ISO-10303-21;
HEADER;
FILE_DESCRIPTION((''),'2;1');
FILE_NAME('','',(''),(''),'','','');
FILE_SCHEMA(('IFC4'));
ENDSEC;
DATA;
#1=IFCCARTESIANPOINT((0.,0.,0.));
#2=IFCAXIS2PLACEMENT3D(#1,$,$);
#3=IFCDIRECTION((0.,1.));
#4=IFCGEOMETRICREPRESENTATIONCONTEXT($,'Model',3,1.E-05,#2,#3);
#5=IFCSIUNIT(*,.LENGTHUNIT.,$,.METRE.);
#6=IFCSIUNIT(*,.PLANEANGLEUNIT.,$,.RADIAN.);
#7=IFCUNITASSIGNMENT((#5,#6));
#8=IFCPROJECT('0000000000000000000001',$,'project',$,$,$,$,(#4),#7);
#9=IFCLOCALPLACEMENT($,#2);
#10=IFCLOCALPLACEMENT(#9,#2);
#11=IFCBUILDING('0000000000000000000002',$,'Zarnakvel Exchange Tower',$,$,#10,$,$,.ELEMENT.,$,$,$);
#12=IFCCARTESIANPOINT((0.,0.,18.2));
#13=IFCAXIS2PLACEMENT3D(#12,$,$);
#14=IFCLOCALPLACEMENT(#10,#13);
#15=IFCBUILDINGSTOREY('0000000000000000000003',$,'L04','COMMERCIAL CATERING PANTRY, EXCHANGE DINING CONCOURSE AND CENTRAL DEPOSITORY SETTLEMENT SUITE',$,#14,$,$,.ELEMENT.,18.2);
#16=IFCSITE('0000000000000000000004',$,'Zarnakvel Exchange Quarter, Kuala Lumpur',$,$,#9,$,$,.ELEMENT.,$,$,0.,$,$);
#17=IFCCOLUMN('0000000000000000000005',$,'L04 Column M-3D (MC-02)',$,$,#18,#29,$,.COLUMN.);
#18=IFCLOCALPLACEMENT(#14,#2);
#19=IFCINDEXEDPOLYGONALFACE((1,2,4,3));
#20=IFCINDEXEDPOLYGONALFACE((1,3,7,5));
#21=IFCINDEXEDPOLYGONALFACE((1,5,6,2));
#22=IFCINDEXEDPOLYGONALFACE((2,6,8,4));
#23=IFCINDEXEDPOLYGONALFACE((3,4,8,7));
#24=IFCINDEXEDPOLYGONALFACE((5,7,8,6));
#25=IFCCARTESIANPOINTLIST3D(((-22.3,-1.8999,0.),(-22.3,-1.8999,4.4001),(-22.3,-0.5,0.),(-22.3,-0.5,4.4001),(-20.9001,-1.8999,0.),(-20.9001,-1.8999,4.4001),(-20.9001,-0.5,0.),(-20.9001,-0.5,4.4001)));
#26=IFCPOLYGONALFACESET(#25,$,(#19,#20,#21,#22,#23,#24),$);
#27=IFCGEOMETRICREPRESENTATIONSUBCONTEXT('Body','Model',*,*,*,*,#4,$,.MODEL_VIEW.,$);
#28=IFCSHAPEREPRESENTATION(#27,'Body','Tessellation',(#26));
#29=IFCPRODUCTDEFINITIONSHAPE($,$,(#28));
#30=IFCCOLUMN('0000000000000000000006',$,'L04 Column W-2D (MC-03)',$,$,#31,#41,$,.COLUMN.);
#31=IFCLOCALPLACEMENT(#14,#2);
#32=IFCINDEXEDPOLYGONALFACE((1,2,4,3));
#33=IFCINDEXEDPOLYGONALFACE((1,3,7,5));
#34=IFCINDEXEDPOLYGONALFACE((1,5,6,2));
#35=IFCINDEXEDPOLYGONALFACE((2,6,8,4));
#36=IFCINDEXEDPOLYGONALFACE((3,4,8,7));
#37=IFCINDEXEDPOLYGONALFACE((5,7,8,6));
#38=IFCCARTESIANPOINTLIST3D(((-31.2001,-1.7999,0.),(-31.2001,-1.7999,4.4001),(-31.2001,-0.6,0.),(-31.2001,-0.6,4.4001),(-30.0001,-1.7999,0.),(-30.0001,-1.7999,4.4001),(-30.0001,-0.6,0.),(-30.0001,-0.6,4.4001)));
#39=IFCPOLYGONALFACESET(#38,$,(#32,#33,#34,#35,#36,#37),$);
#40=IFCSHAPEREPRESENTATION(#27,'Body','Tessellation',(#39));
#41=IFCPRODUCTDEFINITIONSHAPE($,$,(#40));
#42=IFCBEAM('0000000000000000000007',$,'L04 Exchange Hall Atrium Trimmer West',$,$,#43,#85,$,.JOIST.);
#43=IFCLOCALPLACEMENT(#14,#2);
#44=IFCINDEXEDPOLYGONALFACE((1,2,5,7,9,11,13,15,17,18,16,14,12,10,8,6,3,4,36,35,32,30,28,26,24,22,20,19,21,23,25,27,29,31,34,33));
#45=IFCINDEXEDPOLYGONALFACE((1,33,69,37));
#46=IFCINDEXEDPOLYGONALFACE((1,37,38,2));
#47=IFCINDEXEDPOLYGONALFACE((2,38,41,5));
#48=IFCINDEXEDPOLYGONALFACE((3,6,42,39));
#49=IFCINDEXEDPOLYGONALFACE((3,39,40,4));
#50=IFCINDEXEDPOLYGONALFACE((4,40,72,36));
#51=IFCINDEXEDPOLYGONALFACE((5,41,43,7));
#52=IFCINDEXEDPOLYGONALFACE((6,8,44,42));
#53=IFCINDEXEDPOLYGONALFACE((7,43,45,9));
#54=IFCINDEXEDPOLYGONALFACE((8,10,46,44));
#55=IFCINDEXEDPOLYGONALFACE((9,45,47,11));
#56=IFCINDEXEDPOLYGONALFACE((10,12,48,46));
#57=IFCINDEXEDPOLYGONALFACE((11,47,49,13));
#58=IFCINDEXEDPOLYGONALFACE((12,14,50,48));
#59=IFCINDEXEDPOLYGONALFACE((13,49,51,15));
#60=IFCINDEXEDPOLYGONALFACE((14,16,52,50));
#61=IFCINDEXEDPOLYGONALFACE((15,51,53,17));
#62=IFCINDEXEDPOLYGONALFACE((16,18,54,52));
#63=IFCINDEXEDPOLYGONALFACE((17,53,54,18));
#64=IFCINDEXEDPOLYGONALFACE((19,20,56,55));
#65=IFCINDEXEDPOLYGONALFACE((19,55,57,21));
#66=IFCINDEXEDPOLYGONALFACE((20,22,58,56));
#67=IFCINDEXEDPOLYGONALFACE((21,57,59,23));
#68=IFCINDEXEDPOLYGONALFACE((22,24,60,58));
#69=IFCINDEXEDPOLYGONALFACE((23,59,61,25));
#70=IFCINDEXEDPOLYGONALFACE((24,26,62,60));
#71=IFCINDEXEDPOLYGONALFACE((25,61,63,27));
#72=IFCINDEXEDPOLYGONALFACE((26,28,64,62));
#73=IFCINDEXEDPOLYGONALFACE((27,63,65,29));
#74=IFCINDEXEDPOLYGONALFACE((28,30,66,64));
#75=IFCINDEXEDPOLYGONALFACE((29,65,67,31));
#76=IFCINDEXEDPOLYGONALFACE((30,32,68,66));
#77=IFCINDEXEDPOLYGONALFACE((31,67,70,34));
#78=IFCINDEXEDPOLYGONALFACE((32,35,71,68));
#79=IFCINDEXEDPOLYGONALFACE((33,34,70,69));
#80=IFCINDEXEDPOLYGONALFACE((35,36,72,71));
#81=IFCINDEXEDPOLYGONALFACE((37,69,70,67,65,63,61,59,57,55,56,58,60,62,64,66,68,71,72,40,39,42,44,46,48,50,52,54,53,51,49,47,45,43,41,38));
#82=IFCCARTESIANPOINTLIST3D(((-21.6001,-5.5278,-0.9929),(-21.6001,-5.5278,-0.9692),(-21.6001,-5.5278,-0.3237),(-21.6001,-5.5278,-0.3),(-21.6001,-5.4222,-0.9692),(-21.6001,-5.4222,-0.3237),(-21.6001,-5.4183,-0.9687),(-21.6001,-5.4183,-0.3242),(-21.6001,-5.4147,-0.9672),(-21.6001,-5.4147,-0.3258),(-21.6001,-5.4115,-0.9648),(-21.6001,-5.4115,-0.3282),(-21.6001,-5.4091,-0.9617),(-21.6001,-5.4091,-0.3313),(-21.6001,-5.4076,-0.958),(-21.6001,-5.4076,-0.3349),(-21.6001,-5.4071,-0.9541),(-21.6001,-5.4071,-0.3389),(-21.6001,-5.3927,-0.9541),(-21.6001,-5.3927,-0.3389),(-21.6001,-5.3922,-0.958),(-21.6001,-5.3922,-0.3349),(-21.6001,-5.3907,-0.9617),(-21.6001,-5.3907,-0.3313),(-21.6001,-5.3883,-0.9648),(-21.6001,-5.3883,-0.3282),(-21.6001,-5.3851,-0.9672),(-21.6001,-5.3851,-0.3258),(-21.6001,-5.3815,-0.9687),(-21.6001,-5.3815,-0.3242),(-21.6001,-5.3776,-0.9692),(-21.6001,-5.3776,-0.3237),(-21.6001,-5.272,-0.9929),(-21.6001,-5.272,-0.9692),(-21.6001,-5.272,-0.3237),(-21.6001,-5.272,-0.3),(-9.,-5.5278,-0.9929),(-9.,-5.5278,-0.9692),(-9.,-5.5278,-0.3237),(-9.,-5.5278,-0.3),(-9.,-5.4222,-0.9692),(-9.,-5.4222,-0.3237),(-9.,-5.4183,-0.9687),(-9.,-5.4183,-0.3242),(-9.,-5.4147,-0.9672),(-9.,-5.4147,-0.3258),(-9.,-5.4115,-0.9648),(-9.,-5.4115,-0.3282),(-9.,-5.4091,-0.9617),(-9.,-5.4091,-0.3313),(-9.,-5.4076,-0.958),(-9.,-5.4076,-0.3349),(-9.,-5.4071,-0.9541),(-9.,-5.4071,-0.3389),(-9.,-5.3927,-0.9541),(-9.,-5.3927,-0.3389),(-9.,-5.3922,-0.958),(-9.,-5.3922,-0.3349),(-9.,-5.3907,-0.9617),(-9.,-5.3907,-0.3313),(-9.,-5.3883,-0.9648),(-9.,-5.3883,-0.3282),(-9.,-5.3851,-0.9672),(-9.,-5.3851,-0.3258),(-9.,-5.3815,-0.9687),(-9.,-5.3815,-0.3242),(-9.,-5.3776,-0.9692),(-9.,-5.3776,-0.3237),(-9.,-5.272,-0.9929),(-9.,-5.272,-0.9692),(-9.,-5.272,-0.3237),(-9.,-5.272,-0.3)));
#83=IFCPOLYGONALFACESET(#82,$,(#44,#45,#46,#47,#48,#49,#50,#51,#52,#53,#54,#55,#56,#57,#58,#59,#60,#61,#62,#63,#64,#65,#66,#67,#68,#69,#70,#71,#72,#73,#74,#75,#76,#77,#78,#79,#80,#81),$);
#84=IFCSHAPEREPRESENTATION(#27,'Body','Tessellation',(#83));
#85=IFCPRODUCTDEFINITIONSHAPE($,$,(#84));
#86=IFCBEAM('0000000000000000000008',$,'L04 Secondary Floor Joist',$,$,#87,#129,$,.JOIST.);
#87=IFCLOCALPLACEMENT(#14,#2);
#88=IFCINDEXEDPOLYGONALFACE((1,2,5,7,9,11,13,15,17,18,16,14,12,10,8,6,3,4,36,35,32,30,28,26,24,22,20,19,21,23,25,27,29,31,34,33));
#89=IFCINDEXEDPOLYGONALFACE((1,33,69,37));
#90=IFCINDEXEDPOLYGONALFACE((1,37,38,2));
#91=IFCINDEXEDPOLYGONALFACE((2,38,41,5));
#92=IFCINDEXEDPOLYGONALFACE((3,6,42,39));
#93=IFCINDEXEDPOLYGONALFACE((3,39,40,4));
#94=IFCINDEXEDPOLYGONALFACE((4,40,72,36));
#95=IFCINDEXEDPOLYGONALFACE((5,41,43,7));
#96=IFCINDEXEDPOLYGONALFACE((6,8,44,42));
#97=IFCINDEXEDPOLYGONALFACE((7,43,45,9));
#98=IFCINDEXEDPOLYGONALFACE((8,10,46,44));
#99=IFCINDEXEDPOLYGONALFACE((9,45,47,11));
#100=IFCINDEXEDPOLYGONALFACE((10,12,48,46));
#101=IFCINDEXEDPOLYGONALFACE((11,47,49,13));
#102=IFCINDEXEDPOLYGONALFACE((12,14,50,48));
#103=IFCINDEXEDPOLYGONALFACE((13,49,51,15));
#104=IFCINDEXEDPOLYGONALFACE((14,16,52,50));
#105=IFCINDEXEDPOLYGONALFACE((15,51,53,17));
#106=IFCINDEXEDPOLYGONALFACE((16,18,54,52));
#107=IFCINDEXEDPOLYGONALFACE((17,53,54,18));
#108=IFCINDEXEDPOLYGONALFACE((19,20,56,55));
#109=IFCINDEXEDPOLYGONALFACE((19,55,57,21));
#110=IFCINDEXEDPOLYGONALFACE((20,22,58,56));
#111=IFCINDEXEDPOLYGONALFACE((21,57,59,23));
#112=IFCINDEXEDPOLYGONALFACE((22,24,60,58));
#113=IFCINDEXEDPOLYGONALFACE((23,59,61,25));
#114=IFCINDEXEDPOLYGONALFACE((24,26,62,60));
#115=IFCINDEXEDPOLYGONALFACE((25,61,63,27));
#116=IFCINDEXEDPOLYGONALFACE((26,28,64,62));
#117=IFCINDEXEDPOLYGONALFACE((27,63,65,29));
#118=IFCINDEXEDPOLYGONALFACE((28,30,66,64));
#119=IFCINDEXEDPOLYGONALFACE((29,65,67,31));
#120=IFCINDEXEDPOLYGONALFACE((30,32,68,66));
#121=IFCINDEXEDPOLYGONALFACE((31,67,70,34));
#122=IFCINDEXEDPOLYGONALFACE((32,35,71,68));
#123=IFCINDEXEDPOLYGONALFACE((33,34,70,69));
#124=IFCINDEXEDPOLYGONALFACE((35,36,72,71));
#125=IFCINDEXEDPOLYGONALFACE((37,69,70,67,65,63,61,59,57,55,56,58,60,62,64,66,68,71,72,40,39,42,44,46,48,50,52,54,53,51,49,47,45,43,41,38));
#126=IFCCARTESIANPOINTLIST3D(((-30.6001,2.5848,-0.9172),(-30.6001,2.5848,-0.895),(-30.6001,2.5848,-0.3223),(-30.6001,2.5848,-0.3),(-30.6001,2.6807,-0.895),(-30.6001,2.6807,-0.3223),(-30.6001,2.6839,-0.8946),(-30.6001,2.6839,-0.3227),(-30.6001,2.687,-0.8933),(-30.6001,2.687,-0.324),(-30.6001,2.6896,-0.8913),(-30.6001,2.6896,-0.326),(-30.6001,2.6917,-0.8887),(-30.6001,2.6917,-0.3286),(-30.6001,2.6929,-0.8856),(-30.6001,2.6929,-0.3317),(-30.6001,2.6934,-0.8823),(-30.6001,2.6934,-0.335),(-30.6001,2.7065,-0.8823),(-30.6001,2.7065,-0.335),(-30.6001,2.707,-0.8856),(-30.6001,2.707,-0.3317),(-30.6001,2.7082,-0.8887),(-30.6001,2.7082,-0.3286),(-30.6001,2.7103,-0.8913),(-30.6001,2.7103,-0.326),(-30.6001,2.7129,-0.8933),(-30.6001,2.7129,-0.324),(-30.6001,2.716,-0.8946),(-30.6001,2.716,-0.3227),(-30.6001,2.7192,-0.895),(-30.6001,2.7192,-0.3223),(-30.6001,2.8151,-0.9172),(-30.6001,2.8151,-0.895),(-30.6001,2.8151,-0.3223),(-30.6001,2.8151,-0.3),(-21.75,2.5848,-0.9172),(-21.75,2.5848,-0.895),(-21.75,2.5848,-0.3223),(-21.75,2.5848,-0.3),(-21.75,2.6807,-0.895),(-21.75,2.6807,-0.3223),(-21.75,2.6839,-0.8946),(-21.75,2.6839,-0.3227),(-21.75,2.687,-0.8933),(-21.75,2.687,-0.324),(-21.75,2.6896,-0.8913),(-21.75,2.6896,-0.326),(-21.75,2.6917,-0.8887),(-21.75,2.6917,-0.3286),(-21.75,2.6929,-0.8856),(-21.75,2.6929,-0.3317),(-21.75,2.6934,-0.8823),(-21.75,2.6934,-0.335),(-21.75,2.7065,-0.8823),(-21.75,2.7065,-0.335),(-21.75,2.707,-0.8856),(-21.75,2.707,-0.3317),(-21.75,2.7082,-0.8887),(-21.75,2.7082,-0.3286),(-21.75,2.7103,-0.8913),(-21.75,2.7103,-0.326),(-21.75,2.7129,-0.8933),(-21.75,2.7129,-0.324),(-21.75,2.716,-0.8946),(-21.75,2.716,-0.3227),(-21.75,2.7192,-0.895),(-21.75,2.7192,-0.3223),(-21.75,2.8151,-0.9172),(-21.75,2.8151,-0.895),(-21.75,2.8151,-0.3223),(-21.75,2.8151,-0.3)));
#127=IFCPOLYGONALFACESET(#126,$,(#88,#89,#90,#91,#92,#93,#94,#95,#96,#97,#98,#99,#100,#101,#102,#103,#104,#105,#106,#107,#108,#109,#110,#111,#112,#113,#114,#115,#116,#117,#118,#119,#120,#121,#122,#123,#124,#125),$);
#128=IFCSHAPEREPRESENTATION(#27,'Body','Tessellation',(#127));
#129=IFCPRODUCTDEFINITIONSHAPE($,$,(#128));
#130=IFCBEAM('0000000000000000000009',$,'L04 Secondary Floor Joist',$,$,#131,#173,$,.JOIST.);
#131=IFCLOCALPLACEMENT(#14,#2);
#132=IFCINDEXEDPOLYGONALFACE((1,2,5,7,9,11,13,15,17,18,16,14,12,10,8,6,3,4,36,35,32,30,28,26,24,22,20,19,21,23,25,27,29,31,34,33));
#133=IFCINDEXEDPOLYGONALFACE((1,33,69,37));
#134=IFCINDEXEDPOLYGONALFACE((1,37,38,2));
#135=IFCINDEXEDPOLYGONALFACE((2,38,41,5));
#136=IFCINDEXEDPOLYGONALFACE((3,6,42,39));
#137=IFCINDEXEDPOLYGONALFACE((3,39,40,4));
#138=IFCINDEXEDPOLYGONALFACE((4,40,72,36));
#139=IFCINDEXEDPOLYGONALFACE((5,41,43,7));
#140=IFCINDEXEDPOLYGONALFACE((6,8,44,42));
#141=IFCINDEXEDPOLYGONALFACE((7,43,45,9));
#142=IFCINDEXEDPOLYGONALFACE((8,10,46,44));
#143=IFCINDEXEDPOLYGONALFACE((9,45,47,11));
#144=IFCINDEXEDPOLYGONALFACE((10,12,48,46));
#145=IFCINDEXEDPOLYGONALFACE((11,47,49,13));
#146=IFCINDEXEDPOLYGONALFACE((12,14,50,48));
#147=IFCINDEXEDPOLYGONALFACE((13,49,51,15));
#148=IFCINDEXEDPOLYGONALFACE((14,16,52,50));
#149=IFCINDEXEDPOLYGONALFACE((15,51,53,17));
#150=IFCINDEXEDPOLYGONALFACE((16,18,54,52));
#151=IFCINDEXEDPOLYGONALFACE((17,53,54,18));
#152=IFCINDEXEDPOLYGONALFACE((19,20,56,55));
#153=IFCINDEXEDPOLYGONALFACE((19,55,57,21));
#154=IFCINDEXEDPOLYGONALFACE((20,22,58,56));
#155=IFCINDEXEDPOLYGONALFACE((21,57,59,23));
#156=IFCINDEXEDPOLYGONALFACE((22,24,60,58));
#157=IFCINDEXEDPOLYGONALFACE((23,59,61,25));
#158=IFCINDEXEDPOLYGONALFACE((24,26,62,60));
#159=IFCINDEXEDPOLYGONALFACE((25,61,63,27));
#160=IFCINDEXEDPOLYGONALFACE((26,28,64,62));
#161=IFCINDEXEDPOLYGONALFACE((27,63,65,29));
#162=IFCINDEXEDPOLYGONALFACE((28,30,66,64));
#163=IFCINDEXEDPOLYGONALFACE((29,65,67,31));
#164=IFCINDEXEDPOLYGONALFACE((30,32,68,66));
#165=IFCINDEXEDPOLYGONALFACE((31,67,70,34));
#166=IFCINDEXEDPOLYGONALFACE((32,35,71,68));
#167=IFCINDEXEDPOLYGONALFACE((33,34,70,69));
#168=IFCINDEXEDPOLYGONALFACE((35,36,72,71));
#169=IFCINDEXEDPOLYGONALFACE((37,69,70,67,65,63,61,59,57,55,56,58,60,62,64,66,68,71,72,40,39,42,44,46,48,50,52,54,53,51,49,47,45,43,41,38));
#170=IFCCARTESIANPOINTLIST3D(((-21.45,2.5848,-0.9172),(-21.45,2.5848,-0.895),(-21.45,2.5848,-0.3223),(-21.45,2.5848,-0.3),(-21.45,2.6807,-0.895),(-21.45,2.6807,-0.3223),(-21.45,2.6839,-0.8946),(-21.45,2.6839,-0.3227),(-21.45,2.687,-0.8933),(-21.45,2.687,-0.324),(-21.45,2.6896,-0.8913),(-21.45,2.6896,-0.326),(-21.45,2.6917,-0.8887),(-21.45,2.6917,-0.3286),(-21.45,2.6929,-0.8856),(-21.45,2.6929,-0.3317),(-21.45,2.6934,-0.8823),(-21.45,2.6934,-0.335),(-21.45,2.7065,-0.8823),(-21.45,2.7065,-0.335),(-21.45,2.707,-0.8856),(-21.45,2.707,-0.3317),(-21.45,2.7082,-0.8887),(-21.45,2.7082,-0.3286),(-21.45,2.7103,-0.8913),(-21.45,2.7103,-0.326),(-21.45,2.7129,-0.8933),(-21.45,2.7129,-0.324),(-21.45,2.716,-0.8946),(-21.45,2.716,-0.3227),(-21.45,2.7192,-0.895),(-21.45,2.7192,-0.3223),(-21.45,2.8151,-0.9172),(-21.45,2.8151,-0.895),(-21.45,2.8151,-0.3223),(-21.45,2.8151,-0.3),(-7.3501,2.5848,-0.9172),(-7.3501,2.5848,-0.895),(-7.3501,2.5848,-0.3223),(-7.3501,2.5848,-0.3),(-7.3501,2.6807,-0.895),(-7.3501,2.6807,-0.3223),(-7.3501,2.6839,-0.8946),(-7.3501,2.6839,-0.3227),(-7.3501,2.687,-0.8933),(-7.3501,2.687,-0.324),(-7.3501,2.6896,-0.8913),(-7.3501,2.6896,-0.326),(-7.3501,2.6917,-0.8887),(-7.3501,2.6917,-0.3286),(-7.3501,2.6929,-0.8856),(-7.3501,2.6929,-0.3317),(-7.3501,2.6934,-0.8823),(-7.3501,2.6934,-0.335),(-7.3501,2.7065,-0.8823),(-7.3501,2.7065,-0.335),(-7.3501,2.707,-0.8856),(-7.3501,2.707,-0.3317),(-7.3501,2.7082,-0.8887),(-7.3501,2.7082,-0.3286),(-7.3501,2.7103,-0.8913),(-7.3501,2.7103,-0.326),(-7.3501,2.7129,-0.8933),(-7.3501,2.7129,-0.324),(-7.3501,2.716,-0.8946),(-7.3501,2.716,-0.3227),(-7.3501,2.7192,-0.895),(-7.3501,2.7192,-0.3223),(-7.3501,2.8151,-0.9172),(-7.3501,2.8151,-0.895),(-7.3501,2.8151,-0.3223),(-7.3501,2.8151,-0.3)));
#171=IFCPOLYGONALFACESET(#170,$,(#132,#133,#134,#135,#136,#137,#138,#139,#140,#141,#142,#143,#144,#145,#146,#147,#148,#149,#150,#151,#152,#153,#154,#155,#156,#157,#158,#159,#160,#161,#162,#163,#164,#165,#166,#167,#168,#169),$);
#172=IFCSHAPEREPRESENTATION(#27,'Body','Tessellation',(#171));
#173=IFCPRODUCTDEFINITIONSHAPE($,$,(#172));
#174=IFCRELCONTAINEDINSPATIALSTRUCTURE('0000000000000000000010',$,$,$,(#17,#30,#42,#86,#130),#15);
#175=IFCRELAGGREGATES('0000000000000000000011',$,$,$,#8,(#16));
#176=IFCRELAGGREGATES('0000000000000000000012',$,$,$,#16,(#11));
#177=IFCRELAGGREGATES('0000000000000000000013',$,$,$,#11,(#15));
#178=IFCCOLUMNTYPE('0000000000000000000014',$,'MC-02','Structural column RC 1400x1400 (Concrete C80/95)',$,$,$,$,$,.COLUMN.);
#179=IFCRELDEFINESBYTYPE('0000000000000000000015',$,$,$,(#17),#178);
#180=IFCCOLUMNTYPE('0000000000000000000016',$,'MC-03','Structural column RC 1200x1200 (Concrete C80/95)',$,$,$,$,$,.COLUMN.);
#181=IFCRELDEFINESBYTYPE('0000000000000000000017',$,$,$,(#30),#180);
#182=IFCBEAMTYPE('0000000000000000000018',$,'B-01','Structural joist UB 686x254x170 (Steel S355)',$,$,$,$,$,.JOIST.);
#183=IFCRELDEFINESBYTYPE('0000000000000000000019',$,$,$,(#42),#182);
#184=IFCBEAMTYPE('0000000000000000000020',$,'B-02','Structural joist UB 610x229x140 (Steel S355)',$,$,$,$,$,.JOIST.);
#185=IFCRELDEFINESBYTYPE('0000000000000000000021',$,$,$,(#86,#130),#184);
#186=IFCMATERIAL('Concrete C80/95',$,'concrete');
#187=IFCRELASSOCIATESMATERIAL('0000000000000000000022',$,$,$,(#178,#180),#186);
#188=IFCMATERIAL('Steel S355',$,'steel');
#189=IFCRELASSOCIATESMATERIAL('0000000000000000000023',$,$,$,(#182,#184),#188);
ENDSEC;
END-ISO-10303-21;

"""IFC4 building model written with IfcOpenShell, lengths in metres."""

from ifc_helpers import new_model, si_unit, direction, frame, origin, origin_2d, place, context, subcontext, project, spatial, rectangle, i_section, extrude, material, material_profile, profile_set, type_object, element, save


model = new_model("IFC4")

# Units and contexts
model_context = context("Model", 3, precision=1e-05, world=origin(), true_north=direction((0.0, 1.0)))
body_context = subcontext(model_context, "Body", "Model", "MODEL_VIEW")
ifc_project = project(units=[si_unit("LENGTHUNIT", "METRE"), si_unit("PLANEANGLEUNIT", "RADIAN")], contexts=[model_context])

# Site, building, storey
site_placement = place(None, origin())
site = spatial("IfcSite", under=ifc_project, at=site_placement, Name="Zarnakvel Exchange Quarter, Kuala Lumpur", CompositionType="ELEMENT", RefElevation=0.0)
building_placement = place(site_placement, origin())
building = spatial("IfcBuilding", under=site, at=building_placement, Name="Zarnakvel Exchange Tower", CompositionType="ELEMENT")
storey_placement = place(building_placement, frame((0.0, 0.0, 18.2)))
storey = spatial("IfcBuildingStorey", under=building, at=storey_placement, Name="L04", Description="COMMERCIAL CATERING PANTRY, EXCHANGE DINING CONCOURSE AND CENTRAL DEPOSITORY SETTLEMENT SUITE", CompositionType="ELEMENT", Elevation=18.2)

# Columns
ifc_material_1 = material(Name="Concrete C80/95", Category="concrete")
ifc_material_profile_1 = material_profile(ifc_material_1, rectangle(XDim=1.3999, YDim=1.3999, at=origin_2d()))
ifc_profile_set_1 = profile_set([ifc_material_profile_1], Name="Concrete C80/95")
column_type_1 = type_object("IfcColumnType", Name="MC-02", Description="Structural column RC 1400x1400 (Concrete C80/95)", PredefinedType="COLUMN", material=ifc_profile_set_1)
column_1_placement = place(storey_placement, frame((-21.6001, -1.2, 0.0), z_axis=(0.0, 0.0, 1.0), x_axis=(1.0, 0.0, 0.0)))
element("IfcColumn", 1, at=column_1_placement, inside=storey, type_object=column_type_1, Name="L04 Column M-3D (MC-02)", PredefinedType="COLUMN", context=body_context, shape_type="SweptSolid", body=[
    extrude(rectangle(XDim=1.3999, YDim=1.3999, at=origin_2d()), origin(), (0.0, 0.0, 1.0), 4.4001),
])
ifc_material_profile_2 = material_profile(ifc_material_1, rectangle(XDim=1.2, YDim=1.2, at=origin_2d()))
ifc_profile_set_2 = profile_set([ifc_material_profile_2], Name="Concrete C80/95")
column_type_2 = type_object("IfcColumnType", Name="MC-03", Description="Structural column RC 1200x1200 (Concrete C80/95)", PredefinedType="COLUMN", material=ifc_profile_set_2)
column_2_placement = place(storey_placement, frame((-30.6001, -1.2, 0.0), z_axis=(0.0, 0.0, 1.0), x_axis=(1.0, 0.0, 0.0)))
element("IfcColumn", 2, at=column_2_placement, inside=storey, type_object=column_type_2, Name="L04 Column W-2D (MC-03)", PredefinedType="COLUMN", context=body_context, shape_type="SweptSolid", body=[
    extrude(rectangle(XDim=1.2, YDim=1.2, at=origin_2d()), origin(), (0.0, 0.0, 1.0), 4.4001),
])

# Beams
ifc_material_2 = material(Name="Steel S355", Category="steel")
ifc_material_profile_3 = material_profile(ifc_material_2, i_section(OverallWidth=0.2559, OverallDepth=0.6929, WebThickness=0.0144, FlangeThickness=0.0237, FilletRadius=0.0151, at=origin_2d()))
ifc_profile_set_3 = profile_set([ifc_material_profile_3], Name="Steel S355")
beam_type_1 = type_object("IfcBeamType", Name="B-01", Description="Structural joist UB 686x254x170 (Steel S355)", PredefinedType="JOIST", material=ifc_profile_set_3)
beam_1_placement = place(storey_placement, frame((-21.6001, -5.3999, -0.6465), z_axis=(1.0, 0.0, 0.0), x_axis=(0.0, 1.0, 0.0)))
element("IfcBeam", 3, at=beam_1_placement, inside=storey, type_object=beam_type_1, Name="L04 Exchange Hall Atrium Trimmer West", PredefinedType="JOIST", context=body_context, shape_type="SweptSolid", body=[
    extrude(i_section(OverallWidth=0.2559, OverallDepth=0.6929, WebThickness=0.0144, FlangeThickness=0.0237, FilletRadius=0.0151, at=origin_2d()), origin(), (0.0, 0.0, 1.0), 12.6001),
])
ifc_material_profile_4 = material_profile(ifc_material_2, i_section(OverallWidth=0.2302, OverallDepth=0.6172, WebThickness=0.0132, FlangeThickness=0.0222, FilletRadius=0.0127, at=origin_2d()))
ifc_profile_set_4 = profile_set([ifc_material_profile_4], Name="Steel S355")
beam_type_2 = type_object("IfcBeamType", Name="B-02", Description="Structural joist UB 610x229x140 (Steel S355)", PredefinedType="JOIST", material=ifc_profile_set_4)
beam_2_placement = place(storey_placement, frame((-30.6001, 2.7, -0.6086), z_axis=(1.0, 0.0, 0.0), x_axis=(0.0, 1.0, 0.0)))
element("IfcBeam", 4, at=beam_2_placement, inside=storey, type_object=beam_type_2, Name="L04 Secondary Floor Joist", PredefinedType="JOIST", context=body_context, shape_type="SweptSolid", body=[
    extrude(i_section(OverallWidth=0.2302, OverallDepth=0.6172, WebThickness=0.0132, FlangeThickness=0.0222, FilletRadius=0.0127, at=origin_2d()), origin(), (0.0, 0.0, 1.0), 8.8501),
])
beam_3_placement = place(storey_placement, frame((-21.45, 2.7, -0.6086), z_axis=(1.0, 0.0, 0.0), x_axis=(0.0, 1.0, 0.0)))
element("IfcBeam", 5, at=beam_3_placement, inside=storey, type_object=beam_type_2, Name="L04 Secondary Floor Joist", PredefinedType="JOIST", context=body_context, shape_type="SweptSolid", body=[
    extrude(i_section(OverallWidth=0.2302, OverallDepth=0.6172, WebThickness=0.0132, FlangeThickness=0.0222, FilletRadius=0.0127, at=origin_2d()), origin(), (0.0, 0.0, 1.0), 14.0999),
])

save(model, "model.ifc")
